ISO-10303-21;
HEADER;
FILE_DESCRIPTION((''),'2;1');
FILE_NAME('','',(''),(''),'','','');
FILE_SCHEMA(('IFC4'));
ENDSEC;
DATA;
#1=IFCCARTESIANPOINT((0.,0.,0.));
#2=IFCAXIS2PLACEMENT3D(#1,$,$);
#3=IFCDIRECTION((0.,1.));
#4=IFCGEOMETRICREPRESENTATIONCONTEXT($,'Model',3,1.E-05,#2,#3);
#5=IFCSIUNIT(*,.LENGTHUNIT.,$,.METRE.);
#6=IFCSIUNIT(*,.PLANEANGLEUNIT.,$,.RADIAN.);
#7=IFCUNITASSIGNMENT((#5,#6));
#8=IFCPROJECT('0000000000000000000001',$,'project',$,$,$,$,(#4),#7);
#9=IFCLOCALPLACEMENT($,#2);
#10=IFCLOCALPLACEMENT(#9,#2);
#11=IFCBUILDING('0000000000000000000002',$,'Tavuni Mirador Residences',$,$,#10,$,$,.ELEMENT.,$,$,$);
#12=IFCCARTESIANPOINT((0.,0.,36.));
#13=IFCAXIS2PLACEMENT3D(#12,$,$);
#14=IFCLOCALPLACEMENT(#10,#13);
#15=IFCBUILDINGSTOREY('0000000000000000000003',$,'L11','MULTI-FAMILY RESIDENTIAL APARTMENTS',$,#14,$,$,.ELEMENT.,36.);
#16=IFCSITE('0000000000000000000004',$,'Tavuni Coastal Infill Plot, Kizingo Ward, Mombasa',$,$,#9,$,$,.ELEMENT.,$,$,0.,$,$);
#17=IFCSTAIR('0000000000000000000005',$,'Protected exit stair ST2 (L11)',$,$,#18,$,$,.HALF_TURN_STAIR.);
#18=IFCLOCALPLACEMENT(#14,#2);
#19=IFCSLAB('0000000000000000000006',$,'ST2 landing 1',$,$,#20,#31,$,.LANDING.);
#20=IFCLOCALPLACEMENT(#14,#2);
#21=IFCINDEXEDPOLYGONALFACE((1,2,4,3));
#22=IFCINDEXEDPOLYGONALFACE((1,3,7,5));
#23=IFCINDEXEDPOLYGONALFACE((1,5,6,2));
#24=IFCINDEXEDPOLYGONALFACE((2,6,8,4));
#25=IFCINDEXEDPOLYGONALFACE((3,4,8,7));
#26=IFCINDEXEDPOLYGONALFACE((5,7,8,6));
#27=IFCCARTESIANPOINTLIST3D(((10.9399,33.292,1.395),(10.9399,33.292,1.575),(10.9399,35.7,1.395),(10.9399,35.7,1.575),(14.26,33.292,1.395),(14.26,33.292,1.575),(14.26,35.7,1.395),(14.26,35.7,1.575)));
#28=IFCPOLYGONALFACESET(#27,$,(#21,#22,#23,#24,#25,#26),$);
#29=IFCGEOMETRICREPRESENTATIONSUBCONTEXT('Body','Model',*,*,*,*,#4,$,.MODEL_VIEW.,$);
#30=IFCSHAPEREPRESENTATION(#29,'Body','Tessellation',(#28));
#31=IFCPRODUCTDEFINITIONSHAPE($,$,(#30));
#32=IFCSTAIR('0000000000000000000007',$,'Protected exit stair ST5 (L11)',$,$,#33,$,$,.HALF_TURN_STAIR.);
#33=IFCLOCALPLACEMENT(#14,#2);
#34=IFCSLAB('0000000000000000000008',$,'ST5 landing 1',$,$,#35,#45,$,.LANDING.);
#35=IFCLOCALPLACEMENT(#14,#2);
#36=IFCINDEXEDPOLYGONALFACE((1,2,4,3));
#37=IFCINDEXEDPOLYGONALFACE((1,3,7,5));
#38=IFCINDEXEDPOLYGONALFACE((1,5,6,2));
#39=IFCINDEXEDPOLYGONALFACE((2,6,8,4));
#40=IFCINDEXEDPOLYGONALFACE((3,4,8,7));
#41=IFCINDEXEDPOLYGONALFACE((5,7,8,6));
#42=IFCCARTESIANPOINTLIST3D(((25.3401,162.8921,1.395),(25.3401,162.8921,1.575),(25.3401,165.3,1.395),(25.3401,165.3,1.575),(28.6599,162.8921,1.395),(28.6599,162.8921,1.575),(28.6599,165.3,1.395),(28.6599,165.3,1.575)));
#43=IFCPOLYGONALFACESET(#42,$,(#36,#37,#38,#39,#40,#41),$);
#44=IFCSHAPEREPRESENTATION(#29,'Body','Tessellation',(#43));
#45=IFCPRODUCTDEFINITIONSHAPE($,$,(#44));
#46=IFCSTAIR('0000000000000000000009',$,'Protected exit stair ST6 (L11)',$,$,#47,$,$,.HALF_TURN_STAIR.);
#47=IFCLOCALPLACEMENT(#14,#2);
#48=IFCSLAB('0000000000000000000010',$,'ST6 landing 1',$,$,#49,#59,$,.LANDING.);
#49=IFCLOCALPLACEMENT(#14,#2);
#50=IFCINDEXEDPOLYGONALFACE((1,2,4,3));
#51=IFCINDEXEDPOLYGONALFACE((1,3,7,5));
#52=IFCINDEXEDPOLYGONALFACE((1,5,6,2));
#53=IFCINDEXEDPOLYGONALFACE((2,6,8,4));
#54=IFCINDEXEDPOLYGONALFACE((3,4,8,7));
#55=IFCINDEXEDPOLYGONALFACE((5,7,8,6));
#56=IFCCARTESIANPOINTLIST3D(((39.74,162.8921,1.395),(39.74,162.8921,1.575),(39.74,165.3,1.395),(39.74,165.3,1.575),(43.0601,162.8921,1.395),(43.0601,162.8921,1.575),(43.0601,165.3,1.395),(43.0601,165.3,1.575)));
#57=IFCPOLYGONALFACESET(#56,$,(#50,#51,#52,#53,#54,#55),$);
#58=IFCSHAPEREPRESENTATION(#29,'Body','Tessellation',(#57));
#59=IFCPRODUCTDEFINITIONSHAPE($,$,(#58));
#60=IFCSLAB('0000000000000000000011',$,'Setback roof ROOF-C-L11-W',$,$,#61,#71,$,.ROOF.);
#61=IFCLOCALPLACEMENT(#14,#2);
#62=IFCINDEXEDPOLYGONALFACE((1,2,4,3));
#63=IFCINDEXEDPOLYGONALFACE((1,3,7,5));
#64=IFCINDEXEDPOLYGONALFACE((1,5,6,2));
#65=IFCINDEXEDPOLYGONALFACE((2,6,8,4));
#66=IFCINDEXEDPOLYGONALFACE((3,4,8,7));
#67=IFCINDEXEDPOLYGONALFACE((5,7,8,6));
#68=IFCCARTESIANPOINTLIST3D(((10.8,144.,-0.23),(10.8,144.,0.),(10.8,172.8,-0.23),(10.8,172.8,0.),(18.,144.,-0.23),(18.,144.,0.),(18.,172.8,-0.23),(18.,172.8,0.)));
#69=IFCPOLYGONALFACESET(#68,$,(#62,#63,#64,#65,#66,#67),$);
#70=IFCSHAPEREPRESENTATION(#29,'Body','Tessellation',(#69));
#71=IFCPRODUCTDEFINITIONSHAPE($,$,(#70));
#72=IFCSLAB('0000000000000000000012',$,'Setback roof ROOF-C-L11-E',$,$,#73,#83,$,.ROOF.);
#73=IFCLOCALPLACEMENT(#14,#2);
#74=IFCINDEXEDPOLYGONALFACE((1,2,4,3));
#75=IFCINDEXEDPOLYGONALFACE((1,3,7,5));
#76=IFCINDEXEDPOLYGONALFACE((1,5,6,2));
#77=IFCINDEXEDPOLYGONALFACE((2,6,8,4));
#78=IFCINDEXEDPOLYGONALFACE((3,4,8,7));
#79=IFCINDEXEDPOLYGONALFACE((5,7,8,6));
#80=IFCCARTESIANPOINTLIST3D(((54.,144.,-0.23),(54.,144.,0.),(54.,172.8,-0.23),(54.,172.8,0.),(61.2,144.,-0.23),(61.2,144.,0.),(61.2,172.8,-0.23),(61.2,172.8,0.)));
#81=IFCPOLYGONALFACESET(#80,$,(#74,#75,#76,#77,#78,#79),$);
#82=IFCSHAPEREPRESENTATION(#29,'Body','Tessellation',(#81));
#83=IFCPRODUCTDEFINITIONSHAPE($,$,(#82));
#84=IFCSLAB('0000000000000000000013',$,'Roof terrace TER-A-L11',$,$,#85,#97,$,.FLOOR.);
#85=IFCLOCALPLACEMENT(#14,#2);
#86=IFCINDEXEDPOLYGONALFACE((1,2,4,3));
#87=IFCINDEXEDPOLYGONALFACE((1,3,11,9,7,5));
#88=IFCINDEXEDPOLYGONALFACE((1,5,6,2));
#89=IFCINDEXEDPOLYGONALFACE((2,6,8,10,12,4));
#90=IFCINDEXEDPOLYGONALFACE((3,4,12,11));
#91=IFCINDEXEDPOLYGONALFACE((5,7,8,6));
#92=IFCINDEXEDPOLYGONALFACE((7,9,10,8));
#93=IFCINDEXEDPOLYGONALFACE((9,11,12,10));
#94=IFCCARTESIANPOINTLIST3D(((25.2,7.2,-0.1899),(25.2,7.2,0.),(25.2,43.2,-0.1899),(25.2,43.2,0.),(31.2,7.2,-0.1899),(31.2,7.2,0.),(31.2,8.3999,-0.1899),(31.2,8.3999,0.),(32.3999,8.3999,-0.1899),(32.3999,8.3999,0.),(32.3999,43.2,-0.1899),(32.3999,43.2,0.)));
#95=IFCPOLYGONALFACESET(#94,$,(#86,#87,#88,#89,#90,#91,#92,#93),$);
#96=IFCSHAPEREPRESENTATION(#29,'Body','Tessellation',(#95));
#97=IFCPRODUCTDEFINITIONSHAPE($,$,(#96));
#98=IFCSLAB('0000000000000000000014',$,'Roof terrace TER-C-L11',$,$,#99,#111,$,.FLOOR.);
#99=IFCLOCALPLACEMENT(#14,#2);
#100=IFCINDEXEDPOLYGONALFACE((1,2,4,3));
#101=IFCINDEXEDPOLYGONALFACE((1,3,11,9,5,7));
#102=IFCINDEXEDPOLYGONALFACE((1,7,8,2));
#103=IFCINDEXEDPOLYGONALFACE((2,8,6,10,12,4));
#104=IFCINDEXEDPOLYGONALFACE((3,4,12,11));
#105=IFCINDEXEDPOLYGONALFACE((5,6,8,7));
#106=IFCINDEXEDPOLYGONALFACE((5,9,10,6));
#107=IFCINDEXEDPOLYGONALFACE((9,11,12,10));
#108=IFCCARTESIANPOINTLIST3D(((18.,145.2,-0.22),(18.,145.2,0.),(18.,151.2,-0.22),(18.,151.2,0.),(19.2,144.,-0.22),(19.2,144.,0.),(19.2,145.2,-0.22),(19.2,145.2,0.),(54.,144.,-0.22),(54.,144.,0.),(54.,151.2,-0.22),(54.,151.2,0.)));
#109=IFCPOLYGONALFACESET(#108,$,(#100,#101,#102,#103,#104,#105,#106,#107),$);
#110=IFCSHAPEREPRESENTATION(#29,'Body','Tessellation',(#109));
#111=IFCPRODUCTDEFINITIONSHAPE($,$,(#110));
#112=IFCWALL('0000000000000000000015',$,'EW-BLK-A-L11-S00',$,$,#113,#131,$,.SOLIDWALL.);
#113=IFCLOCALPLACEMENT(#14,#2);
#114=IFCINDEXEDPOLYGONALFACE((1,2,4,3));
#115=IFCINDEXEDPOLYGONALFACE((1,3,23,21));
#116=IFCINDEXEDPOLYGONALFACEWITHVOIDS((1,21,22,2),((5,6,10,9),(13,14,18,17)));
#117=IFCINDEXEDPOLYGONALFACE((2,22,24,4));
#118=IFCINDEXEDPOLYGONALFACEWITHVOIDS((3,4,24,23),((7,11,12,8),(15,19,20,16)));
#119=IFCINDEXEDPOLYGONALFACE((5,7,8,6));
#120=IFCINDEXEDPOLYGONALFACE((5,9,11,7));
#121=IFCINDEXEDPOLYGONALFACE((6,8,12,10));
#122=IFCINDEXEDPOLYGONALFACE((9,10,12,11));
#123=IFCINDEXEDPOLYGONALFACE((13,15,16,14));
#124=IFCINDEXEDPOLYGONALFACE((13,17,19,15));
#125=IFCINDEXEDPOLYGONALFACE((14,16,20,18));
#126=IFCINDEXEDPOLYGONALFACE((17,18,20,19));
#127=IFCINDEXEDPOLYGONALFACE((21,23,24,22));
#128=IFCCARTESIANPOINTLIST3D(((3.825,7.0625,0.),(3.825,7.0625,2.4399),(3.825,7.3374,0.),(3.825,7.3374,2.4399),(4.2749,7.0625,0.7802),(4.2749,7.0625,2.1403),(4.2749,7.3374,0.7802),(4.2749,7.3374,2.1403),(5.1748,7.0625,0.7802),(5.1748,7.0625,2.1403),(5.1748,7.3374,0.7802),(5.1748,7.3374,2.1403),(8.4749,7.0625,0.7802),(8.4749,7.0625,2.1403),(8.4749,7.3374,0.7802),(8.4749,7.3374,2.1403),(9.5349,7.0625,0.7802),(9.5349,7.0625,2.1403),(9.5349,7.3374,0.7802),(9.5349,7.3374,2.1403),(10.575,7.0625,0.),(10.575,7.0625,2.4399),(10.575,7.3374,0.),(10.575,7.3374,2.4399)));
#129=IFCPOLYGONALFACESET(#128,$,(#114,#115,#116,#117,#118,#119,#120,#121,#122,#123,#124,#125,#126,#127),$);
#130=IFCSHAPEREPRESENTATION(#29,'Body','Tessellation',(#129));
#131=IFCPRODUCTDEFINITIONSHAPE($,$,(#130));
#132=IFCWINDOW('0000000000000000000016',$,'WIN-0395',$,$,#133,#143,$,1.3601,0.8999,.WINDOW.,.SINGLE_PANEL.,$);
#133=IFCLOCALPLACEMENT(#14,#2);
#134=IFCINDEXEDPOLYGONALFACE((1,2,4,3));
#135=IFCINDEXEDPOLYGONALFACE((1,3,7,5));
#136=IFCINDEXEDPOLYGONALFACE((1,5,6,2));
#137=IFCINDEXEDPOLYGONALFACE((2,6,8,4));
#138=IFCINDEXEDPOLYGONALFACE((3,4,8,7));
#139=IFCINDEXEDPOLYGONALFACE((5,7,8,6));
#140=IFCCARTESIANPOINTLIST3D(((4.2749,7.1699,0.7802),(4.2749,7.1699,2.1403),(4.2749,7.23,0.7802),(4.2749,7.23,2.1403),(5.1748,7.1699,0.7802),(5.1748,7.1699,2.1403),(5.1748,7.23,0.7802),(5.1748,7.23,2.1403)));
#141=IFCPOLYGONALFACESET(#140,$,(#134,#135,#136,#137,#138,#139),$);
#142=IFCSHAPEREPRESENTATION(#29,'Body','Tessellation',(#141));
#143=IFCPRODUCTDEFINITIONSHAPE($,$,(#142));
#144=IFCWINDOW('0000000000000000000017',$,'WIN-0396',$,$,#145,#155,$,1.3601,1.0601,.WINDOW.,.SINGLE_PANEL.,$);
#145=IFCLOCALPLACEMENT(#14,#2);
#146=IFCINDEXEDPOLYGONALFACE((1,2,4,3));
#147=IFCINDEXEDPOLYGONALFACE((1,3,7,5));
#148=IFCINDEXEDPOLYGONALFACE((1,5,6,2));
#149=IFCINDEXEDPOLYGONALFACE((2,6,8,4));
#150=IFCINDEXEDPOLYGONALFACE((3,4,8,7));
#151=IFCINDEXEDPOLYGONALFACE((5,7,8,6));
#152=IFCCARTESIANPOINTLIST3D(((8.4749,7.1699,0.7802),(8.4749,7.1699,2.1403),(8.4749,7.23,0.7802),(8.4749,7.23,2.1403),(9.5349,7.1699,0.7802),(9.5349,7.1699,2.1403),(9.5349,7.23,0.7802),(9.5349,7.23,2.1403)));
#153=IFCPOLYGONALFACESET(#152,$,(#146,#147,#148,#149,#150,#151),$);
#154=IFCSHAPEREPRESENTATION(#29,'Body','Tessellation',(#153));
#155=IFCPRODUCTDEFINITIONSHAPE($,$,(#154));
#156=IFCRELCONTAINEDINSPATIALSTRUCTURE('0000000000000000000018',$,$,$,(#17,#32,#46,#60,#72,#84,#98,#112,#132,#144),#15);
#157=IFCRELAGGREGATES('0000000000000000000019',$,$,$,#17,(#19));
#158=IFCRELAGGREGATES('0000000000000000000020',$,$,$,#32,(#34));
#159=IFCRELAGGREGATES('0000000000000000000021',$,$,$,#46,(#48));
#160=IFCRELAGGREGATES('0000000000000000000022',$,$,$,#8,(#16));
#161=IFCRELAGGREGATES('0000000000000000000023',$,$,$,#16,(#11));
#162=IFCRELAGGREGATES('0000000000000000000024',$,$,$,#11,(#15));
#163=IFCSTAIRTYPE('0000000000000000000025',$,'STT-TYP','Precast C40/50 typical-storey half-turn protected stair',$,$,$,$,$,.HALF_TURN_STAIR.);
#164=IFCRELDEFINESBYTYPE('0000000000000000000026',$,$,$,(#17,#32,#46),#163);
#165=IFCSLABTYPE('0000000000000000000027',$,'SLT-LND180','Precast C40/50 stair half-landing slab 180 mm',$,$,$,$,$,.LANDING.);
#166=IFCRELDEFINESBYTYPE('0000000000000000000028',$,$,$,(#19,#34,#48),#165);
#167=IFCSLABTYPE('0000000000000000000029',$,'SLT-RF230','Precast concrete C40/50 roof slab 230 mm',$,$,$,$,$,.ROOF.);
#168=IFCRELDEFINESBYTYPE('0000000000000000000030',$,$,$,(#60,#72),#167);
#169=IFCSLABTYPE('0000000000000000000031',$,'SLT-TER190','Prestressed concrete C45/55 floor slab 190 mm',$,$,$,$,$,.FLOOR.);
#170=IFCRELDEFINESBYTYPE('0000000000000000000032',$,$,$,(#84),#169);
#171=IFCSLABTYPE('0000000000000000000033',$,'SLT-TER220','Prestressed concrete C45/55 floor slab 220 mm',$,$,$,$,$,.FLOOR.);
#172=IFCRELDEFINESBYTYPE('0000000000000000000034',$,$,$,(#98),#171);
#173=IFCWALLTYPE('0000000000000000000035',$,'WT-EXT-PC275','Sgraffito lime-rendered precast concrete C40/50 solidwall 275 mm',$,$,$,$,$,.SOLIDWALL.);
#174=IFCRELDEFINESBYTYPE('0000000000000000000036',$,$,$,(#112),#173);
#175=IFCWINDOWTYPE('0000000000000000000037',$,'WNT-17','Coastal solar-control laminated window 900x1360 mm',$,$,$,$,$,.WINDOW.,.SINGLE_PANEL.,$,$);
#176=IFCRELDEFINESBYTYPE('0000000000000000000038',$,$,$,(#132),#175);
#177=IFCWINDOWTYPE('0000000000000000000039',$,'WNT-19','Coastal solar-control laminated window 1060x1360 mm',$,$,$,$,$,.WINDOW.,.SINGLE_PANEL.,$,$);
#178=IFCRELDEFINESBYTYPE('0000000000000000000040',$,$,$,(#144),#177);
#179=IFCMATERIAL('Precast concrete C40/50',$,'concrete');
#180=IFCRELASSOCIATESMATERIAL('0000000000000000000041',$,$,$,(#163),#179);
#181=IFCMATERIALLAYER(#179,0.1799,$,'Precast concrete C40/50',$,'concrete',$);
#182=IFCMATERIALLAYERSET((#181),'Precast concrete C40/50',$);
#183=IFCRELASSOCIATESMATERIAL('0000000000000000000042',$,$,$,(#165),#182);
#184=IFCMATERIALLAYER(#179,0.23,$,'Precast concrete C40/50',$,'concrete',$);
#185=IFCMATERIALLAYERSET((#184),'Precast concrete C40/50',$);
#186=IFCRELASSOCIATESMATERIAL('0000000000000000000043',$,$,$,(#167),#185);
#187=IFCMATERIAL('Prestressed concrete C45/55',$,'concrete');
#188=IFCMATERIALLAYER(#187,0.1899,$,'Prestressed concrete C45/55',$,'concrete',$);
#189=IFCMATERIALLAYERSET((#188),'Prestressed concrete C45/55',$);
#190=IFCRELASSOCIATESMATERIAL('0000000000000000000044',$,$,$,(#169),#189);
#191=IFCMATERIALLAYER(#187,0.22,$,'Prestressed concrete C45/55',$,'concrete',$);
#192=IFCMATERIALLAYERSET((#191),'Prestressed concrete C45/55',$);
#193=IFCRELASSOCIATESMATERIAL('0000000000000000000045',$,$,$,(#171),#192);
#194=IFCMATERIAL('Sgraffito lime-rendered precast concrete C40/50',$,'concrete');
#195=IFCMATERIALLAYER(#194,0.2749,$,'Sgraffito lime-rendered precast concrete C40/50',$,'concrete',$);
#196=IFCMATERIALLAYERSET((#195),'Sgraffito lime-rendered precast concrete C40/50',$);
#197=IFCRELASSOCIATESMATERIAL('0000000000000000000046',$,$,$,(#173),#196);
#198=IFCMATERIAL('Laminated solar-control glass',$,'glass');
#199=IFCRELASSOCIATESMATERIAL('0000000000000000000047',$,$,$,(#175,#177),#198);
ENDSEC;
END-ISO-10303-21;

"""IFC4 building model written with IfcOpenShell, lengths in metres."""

from ifc_helpers import new_model, si_unit, direction, frame, frame_2d, origin, place, context, subcontext, project, spatial, polyline, rectangle, outline, extrude, material, layer, layer_set, type_object, element, fill, aggregate, save


model = new_model("IFC4")

# Units and contexts
model_context = context("Model", 3, precision=1e-05, world=origin(), true_north=direction((0.0, 1.0)))
body_context = subcontext(model_context, "Body", "Model", "MODEL_VIEW")
ifc_project = project(units=[si_unit("LENGTHUNIT", "METRE"), si_unit("PLANEANGLEUNIT", "RADIAN")], contexts=[model_context])

# Site, building, storey
site_placement = place(None, origin())
site = spatial("IfcSite", under=ifc_project, at=site_placement, Name="Tavuni Coastal Infill Plot, Kizingo Ward, Mombasa", CompositionType="ELEMENT", RefElevation=0.0)
building_placement = place(site_placement, origin())
building = spatial("IfcBuilding", under=site, at=building_placement, Name="Tavuni Mirador Residences", CompositionType="ELEMENT")
storey_placement = place(building_placement, frame((0.0, 0.0, 36.0)))
storey = spatial("IfcBuildingStorey", under=building, at=storey_placement, Name="L11", Description="MULTI-FAMILY RESIDENTIAL APARTMENTS", CompositionType="ELEMENT", Elevation=36.0)

# Shared definitions
ifc_material_1 = material(Name="Precast concrete C40/50", Category="concrete")

# Shared definitions
ifc_material_2 = material(Name="Laminated solar-control glass", Category="glass")

# Shared definitions
ifc_material_3 = material(Name="Prestressed concrete C45/55", Category="concrete")

# Stairs, slabs
stair_type = type_object("IfcStairType", Name="STT-TYP", Description="Precast C40/50 typical-storey half-turn protected stair", PredefinedType="HALF_TURN_STAIR", material=ifc_material_1)
ifc_layer_1 = layer(ifc_material_1, 0.1799, Name="Precast concrete C40/50", Category="concrete")
ifc_layer_set_1 = layer_set([ifc_layer_1], Name="Precast concrete C40/50")
slab_type_1 = type_object("IfcSlabType", Name="SLT-LND180", Description="Precast C40/50 stair half-landing slab 180 mm", PredefinedType="LANDING", material=ifc_layer_set_1)
stair_1_placement = place(storey_placement, origin())
stair_1 = element("IfcStair", 1, at=stair_1_placement, inside=storey, type_object=stair_type, Name="Protected exit stair ST2 (L11)", PredefinedType="HALF_TURN_STAIR")
slab_1_placement = place(storey_placement, frame((0.0, 0.0, 1.395)))
slab_1 = element("IfcSlab", 2, at=slab_1_placement, type_object=slab_type_1, Name="ST2 landing 1", PredefinedType="LANDING", context=body_context, shape_type="SweptSolid", body=[
    extrude(outline(polyline([(10.9399, 33.292), (14.26, 33.292), (14.26, 35.7), (10.9399, 35.7), (10.9399, 33.292)])), origin(), (0.0, 0.0, 1.0), 0.1799),
])
aggregate(stair_1, [slab_1])
stair_2_placement = place(storey_placement, origin())
stair_2 = element("IfcStair", 3, at=stair_2_placement, inside=storey, type_object=stair_type, Name="Protected exit stair ST5 (L11)", PredefinedType="HALF_TURN_STAIR")
slab_2_placement = place(storey_placement, frame((0.0, 0.0, 1.395)))
slab_2 = element("IfcSlab", 4, at=slab_2_placement, type_object=slab_type_1, Name="ST5 landing 1", PredefinedType="LANDING", context=body_context, shape_type="SweptSolid", body=[
    extrude(outline(polyline([(25.3401, 162.8921), (28.6599, 162.8921), (28.6599, 165.3), (25.3401, 165.3), (25.3401, 162.8921)])), origin(), (0.0, 0.0, 1.0), 0.1799),
])
aggregate(stair_2, [slab_2])
stair_3_placement = place(storey_placement, origin())
stair_3 = element("IfcStair", 5, at=stair_3_placement, inside=storey, type_object=stair_type, Name="Protected exit stair ST6 (L11)", PredefinedType="HALF_TURN_STAIR")
slab_3_placement = place(storey_placement, frame((0.0, 0.0, 1.395)))
slab_3 = element("IfcSlab", 6, at=slab_3_placement, type_object=slab_type_1, Name="ST6 landing 1", PredefinedType="LANDING", context=body_context, shape_type="SweptSolid", body=[
    extrude(outline(polyline([(39.74, 162.8921), (43.0601, 162.8921), (43.0601, 165.3), (39.74, 165.3), (39.74, 162.8921)])), origin(), (0.0, 0.0, 1.0), 0.1799),
])
aggregate(stair_3, [slab_3])

# Slabs
ifc_layer_2 = layer(ifc_material_1, 0.23, Name="Precast concrete C40/50", Category="concrete")
ifc_layer_set_2 = layer_set([ifc_layer_2], Name="Precast concrete C40/50")
slab_type_2 = type_object("IfcSlabType", Name="SLT-RF230", Description="Precast concrete C40/50 roof slab 230 mm", PredefinedType="ROOF", material=ifc_layer_set_2)
slab_4_placement = place(storey_placement, frame((0.0, 0.0, -0.23)))
element("IfcSlab", 7, at=slab_4_placement, inside=storey, type_object=slab_type_2, Name="Setback roof ROOF-C-L11-W", PredefinedType="ROOF", context=body_context, shape_type="SweptSolid", body=[
    extrude(outline(polyline([(10.8, 144.0), (18.0, 144.0), (18.0, 172.8), (10.8, 172.8), (10.8, 144.0)])), origin(), (0.0, 0.0, 1.0), 0.23),
])
slab_5_placement = place(storey_placement, frame((0.0, 0.0, -0.23)))
element("IfcSlab", 8, at=slab_5_placement, inside=storey, type_object=slab_type_2, Name="Setback roof ROOF-C-L11-E", PredefinedType="ROOF", context=body_context, shape_type="SweptSolid", body=[
    extrude(outline(polyline([(54.0, 144.0), (61.2, 144.0), (61.2, 172.8), (54.0, 172.8), (54.0, 144.0)])), origin(), (0.0, 0.0, 1.0), 0.23),
])
ifc_layer_3 = layer(ifc_material_3, 0.1899, Name="Prestressed concrete C45/55", Category="concrete")
ifc_layer_set_3 = layer_set([ifc_layer_3], Name="Prestressed concrete C45/55")
slab_type_3 = type_object("IfcSlabType", Name="SLT-TER190", Description="Prestressed concrete C45/55 floor slab 190 mm", PredefinedType="FLOOR", material=ifc_layer_set_3)
slab_6_placement = place(storey_placement, frame((0.0, 0.0, -0.1899)))
element("IfcSlab", 9, at=slab_6_placement, inside=storey, type_object=slab_type_3, Name="Roof terrace TER-A-L11", PredefinedType="FLOOR", context=body_context, shape_type="SweptSolid", body=[
    extrude(outline(polyline([(25.2, 7.2), (31.2, 7.2), (31.2, 8.3999), (32.3999, 8.3999), (32.3999, 43.2), (25.2, 43.2), (25.2, 7.2)])), origin(), (0.0, 0.0, 1.0), 0.1899),
])
ifc_layer_4 = layer(ifc_material_3, 0.22, Name="Prestressed concrete C45/55", Category="concrete")
ifc_layer_set_4 = layer_set([ifc_layer_4], Name="Prestressed concrete C45/55")
slab_type_4 = type_object("IfcSlabType", Name="SLT-TER220", Description="Prestressed concrete C45/55 floor slab 220 mm", PredefinedType="FLOOR", material=ifc_layer_set_4)
slab_7_placement = place(storey_placement, frame((0.0, 0.0, -0.22)))
element("IfcSlab", 10, at=slab_7_placement, inside=storey, type_object=slab_type_4, Name="Roof terrace TER-C-L11", PredefinedType="FLOOR", context=body_context, shape_type="SweptSolid", body=[
    extrude(outline(polyline([(19.2, 144.0), (54.0, 144.0), (54.0, 151.2), (18.0, 151.2), (18.0, 145.2), (19.2, 145.2), (19.2, 144.0)])), origin(), (0.0, 0.0, 1.0), 0.22),
])

# Wall, openings, windows
ifc_material_4 = material(Name="Sgraffito lime-rendered precast concrete C40/50", Category="concrete")
ifc_layer_5 = layer(ifc_material_4, 0.2749, Name="Sgraffito lime-rendered precast concrete C40/50", Category="concrete")
ifc_layer_set_5 = layer_set([ifc_layer_5], Name="Sgraffito lime-rendered precast concrete C40/50")
wall_type_1 = type_object("IfcWallType", Name="WT-EXT-PC275", Description="Sgraffito lime-rendered precast concrete C40/50 solidwall 275 mm", PredefinedType="SOLIDWALL", material=ifc_layer_set_5)
wall_1_placement = place(storey_placement, frame((3.825, 7.2, 0.0), z_axis=(0.0, 0.0, 1.0), x_axis=(1.0, 0.0, 0.0)))
wall_1 = element("IfcWall", 11, at=wall_1_placement, inside=storey, type_object=wall_type_1, Name="EW-BLK-A-L11-S00", PredefinedType="SOLIDWALL", context=body_context, shape_type="SweptSolid", body=[
    extrude(rectangle(XDim=6.75, YDim=0.2749, at=frame_2d((3.375, 0.0))), origin(), (0.0, 0.0, 1.0), 2.4399),
])
opening_1_placement = place(wall_1_placement, frame((0.45, 0.0, 0.78)))
opening_1 = element("IfcOpeningElement", 12, at=opening_1_placement, cuts=wall_1, PredefinedType="OPENING", context=body_context, shape_type="SweptSolid", body=[
    extrude(rectangle(XDim=0.8999, YDim=1.3601, at=frame_2d((0.45, 0.6802))), frame((0.0, 0.1475, 0.0), z_axis=(0.0, -1.0, 0.0), x_axis=(1.0, 0.0, 0.0)), (0.0, 0.0, 1.0), 0.2949),
])
opening_2_placement = place(wall_1_placement, frame((4.6499, 0.0, 0.78)))
opening_2 = element("IfcOpeningElement", 13, at=opening_2_placement, cuts=wall_1, PredefinedType="OPENING", context=body_context, shape_type="SweptSolid", body=[
    extrude(rectangle(XDim=1.0601, YDim=1.3601, at=frame_2d((0.53, 0.6802))), frame((0.0, 0.1475, 0.0), z_axis=(0.0, -1.0, 0.0), x_axis=(1.0, 0.0, 0.0)), (0.0, 0.0, 1.0), 0.2949),
])
window_type_1 = type_object("IfcWindowType", Name="WNT-17", Description="Coastal solar-control laminated window 900x1360 mm", PartitioningType="SINGLE_PANEL", PredefinedType="WINDOW", material=ifc_material_2)
window_1_placement = place(opening_1_placement, origin())
window_1 = element("IfcWindow", 14, at=window_1_placement, inside=storey, type_object=window_type_1, Name="WIN-0395", OverallHeight=1.3601, OverallWidth=0.8999, PartitioningType="SINGLE_PANEL", PredefinedType="WINDOW", context=body_context, shape_type="SweptSolid", body=[
    extrude(rectangle(XDim=0.8999, YDim=1.3601, at=frame_2d((0.45, 0.6802))), frame((0.0, 0.03, 0.0), z_axis=(0.0, -1.0, 0.0), x_axis=(1.0, 0.0, 0.0)), (0.0, 0.0, 1.0), 0.0601),
])
fill(opening_1, window_1)
window_type_2 = type_object("IfcWindowType", Name="WNT-19", Description="Coastal solar-control laminated window 1060x1360 mm", PartitioningType="SINGLE_PANEL", PredefinedType="WINDOW", material=ifc_material_2)
window_2_placement = place(opening_2_placement, origin())
window_2 = element("IfcWindow", 15, at=window_2_placement, inside=storey, type_object=window_type_2, Name="WIN-0396", OverallHeight=1.3601, OverallWidth=1.0601, PartitioningType="SINGLE_PANEL", PredefinedType="WINDOW", context=body_context, shape_type="SweptSolid", body=[
    extrude(rectangle(XDim=1.0601, YDim=1.3601, at=frame_2d((0.53, 0.6802))), frame((0.0, 0.03, 0.0), z_axis=(0.0, -1.0, 0.0), x_axis=(1.0, 0.0, 0.0)), (0.0, 0.0, 1.0), 0.0601),
])
fill(opening_2, window_2)

save(model, "model.ifc")
